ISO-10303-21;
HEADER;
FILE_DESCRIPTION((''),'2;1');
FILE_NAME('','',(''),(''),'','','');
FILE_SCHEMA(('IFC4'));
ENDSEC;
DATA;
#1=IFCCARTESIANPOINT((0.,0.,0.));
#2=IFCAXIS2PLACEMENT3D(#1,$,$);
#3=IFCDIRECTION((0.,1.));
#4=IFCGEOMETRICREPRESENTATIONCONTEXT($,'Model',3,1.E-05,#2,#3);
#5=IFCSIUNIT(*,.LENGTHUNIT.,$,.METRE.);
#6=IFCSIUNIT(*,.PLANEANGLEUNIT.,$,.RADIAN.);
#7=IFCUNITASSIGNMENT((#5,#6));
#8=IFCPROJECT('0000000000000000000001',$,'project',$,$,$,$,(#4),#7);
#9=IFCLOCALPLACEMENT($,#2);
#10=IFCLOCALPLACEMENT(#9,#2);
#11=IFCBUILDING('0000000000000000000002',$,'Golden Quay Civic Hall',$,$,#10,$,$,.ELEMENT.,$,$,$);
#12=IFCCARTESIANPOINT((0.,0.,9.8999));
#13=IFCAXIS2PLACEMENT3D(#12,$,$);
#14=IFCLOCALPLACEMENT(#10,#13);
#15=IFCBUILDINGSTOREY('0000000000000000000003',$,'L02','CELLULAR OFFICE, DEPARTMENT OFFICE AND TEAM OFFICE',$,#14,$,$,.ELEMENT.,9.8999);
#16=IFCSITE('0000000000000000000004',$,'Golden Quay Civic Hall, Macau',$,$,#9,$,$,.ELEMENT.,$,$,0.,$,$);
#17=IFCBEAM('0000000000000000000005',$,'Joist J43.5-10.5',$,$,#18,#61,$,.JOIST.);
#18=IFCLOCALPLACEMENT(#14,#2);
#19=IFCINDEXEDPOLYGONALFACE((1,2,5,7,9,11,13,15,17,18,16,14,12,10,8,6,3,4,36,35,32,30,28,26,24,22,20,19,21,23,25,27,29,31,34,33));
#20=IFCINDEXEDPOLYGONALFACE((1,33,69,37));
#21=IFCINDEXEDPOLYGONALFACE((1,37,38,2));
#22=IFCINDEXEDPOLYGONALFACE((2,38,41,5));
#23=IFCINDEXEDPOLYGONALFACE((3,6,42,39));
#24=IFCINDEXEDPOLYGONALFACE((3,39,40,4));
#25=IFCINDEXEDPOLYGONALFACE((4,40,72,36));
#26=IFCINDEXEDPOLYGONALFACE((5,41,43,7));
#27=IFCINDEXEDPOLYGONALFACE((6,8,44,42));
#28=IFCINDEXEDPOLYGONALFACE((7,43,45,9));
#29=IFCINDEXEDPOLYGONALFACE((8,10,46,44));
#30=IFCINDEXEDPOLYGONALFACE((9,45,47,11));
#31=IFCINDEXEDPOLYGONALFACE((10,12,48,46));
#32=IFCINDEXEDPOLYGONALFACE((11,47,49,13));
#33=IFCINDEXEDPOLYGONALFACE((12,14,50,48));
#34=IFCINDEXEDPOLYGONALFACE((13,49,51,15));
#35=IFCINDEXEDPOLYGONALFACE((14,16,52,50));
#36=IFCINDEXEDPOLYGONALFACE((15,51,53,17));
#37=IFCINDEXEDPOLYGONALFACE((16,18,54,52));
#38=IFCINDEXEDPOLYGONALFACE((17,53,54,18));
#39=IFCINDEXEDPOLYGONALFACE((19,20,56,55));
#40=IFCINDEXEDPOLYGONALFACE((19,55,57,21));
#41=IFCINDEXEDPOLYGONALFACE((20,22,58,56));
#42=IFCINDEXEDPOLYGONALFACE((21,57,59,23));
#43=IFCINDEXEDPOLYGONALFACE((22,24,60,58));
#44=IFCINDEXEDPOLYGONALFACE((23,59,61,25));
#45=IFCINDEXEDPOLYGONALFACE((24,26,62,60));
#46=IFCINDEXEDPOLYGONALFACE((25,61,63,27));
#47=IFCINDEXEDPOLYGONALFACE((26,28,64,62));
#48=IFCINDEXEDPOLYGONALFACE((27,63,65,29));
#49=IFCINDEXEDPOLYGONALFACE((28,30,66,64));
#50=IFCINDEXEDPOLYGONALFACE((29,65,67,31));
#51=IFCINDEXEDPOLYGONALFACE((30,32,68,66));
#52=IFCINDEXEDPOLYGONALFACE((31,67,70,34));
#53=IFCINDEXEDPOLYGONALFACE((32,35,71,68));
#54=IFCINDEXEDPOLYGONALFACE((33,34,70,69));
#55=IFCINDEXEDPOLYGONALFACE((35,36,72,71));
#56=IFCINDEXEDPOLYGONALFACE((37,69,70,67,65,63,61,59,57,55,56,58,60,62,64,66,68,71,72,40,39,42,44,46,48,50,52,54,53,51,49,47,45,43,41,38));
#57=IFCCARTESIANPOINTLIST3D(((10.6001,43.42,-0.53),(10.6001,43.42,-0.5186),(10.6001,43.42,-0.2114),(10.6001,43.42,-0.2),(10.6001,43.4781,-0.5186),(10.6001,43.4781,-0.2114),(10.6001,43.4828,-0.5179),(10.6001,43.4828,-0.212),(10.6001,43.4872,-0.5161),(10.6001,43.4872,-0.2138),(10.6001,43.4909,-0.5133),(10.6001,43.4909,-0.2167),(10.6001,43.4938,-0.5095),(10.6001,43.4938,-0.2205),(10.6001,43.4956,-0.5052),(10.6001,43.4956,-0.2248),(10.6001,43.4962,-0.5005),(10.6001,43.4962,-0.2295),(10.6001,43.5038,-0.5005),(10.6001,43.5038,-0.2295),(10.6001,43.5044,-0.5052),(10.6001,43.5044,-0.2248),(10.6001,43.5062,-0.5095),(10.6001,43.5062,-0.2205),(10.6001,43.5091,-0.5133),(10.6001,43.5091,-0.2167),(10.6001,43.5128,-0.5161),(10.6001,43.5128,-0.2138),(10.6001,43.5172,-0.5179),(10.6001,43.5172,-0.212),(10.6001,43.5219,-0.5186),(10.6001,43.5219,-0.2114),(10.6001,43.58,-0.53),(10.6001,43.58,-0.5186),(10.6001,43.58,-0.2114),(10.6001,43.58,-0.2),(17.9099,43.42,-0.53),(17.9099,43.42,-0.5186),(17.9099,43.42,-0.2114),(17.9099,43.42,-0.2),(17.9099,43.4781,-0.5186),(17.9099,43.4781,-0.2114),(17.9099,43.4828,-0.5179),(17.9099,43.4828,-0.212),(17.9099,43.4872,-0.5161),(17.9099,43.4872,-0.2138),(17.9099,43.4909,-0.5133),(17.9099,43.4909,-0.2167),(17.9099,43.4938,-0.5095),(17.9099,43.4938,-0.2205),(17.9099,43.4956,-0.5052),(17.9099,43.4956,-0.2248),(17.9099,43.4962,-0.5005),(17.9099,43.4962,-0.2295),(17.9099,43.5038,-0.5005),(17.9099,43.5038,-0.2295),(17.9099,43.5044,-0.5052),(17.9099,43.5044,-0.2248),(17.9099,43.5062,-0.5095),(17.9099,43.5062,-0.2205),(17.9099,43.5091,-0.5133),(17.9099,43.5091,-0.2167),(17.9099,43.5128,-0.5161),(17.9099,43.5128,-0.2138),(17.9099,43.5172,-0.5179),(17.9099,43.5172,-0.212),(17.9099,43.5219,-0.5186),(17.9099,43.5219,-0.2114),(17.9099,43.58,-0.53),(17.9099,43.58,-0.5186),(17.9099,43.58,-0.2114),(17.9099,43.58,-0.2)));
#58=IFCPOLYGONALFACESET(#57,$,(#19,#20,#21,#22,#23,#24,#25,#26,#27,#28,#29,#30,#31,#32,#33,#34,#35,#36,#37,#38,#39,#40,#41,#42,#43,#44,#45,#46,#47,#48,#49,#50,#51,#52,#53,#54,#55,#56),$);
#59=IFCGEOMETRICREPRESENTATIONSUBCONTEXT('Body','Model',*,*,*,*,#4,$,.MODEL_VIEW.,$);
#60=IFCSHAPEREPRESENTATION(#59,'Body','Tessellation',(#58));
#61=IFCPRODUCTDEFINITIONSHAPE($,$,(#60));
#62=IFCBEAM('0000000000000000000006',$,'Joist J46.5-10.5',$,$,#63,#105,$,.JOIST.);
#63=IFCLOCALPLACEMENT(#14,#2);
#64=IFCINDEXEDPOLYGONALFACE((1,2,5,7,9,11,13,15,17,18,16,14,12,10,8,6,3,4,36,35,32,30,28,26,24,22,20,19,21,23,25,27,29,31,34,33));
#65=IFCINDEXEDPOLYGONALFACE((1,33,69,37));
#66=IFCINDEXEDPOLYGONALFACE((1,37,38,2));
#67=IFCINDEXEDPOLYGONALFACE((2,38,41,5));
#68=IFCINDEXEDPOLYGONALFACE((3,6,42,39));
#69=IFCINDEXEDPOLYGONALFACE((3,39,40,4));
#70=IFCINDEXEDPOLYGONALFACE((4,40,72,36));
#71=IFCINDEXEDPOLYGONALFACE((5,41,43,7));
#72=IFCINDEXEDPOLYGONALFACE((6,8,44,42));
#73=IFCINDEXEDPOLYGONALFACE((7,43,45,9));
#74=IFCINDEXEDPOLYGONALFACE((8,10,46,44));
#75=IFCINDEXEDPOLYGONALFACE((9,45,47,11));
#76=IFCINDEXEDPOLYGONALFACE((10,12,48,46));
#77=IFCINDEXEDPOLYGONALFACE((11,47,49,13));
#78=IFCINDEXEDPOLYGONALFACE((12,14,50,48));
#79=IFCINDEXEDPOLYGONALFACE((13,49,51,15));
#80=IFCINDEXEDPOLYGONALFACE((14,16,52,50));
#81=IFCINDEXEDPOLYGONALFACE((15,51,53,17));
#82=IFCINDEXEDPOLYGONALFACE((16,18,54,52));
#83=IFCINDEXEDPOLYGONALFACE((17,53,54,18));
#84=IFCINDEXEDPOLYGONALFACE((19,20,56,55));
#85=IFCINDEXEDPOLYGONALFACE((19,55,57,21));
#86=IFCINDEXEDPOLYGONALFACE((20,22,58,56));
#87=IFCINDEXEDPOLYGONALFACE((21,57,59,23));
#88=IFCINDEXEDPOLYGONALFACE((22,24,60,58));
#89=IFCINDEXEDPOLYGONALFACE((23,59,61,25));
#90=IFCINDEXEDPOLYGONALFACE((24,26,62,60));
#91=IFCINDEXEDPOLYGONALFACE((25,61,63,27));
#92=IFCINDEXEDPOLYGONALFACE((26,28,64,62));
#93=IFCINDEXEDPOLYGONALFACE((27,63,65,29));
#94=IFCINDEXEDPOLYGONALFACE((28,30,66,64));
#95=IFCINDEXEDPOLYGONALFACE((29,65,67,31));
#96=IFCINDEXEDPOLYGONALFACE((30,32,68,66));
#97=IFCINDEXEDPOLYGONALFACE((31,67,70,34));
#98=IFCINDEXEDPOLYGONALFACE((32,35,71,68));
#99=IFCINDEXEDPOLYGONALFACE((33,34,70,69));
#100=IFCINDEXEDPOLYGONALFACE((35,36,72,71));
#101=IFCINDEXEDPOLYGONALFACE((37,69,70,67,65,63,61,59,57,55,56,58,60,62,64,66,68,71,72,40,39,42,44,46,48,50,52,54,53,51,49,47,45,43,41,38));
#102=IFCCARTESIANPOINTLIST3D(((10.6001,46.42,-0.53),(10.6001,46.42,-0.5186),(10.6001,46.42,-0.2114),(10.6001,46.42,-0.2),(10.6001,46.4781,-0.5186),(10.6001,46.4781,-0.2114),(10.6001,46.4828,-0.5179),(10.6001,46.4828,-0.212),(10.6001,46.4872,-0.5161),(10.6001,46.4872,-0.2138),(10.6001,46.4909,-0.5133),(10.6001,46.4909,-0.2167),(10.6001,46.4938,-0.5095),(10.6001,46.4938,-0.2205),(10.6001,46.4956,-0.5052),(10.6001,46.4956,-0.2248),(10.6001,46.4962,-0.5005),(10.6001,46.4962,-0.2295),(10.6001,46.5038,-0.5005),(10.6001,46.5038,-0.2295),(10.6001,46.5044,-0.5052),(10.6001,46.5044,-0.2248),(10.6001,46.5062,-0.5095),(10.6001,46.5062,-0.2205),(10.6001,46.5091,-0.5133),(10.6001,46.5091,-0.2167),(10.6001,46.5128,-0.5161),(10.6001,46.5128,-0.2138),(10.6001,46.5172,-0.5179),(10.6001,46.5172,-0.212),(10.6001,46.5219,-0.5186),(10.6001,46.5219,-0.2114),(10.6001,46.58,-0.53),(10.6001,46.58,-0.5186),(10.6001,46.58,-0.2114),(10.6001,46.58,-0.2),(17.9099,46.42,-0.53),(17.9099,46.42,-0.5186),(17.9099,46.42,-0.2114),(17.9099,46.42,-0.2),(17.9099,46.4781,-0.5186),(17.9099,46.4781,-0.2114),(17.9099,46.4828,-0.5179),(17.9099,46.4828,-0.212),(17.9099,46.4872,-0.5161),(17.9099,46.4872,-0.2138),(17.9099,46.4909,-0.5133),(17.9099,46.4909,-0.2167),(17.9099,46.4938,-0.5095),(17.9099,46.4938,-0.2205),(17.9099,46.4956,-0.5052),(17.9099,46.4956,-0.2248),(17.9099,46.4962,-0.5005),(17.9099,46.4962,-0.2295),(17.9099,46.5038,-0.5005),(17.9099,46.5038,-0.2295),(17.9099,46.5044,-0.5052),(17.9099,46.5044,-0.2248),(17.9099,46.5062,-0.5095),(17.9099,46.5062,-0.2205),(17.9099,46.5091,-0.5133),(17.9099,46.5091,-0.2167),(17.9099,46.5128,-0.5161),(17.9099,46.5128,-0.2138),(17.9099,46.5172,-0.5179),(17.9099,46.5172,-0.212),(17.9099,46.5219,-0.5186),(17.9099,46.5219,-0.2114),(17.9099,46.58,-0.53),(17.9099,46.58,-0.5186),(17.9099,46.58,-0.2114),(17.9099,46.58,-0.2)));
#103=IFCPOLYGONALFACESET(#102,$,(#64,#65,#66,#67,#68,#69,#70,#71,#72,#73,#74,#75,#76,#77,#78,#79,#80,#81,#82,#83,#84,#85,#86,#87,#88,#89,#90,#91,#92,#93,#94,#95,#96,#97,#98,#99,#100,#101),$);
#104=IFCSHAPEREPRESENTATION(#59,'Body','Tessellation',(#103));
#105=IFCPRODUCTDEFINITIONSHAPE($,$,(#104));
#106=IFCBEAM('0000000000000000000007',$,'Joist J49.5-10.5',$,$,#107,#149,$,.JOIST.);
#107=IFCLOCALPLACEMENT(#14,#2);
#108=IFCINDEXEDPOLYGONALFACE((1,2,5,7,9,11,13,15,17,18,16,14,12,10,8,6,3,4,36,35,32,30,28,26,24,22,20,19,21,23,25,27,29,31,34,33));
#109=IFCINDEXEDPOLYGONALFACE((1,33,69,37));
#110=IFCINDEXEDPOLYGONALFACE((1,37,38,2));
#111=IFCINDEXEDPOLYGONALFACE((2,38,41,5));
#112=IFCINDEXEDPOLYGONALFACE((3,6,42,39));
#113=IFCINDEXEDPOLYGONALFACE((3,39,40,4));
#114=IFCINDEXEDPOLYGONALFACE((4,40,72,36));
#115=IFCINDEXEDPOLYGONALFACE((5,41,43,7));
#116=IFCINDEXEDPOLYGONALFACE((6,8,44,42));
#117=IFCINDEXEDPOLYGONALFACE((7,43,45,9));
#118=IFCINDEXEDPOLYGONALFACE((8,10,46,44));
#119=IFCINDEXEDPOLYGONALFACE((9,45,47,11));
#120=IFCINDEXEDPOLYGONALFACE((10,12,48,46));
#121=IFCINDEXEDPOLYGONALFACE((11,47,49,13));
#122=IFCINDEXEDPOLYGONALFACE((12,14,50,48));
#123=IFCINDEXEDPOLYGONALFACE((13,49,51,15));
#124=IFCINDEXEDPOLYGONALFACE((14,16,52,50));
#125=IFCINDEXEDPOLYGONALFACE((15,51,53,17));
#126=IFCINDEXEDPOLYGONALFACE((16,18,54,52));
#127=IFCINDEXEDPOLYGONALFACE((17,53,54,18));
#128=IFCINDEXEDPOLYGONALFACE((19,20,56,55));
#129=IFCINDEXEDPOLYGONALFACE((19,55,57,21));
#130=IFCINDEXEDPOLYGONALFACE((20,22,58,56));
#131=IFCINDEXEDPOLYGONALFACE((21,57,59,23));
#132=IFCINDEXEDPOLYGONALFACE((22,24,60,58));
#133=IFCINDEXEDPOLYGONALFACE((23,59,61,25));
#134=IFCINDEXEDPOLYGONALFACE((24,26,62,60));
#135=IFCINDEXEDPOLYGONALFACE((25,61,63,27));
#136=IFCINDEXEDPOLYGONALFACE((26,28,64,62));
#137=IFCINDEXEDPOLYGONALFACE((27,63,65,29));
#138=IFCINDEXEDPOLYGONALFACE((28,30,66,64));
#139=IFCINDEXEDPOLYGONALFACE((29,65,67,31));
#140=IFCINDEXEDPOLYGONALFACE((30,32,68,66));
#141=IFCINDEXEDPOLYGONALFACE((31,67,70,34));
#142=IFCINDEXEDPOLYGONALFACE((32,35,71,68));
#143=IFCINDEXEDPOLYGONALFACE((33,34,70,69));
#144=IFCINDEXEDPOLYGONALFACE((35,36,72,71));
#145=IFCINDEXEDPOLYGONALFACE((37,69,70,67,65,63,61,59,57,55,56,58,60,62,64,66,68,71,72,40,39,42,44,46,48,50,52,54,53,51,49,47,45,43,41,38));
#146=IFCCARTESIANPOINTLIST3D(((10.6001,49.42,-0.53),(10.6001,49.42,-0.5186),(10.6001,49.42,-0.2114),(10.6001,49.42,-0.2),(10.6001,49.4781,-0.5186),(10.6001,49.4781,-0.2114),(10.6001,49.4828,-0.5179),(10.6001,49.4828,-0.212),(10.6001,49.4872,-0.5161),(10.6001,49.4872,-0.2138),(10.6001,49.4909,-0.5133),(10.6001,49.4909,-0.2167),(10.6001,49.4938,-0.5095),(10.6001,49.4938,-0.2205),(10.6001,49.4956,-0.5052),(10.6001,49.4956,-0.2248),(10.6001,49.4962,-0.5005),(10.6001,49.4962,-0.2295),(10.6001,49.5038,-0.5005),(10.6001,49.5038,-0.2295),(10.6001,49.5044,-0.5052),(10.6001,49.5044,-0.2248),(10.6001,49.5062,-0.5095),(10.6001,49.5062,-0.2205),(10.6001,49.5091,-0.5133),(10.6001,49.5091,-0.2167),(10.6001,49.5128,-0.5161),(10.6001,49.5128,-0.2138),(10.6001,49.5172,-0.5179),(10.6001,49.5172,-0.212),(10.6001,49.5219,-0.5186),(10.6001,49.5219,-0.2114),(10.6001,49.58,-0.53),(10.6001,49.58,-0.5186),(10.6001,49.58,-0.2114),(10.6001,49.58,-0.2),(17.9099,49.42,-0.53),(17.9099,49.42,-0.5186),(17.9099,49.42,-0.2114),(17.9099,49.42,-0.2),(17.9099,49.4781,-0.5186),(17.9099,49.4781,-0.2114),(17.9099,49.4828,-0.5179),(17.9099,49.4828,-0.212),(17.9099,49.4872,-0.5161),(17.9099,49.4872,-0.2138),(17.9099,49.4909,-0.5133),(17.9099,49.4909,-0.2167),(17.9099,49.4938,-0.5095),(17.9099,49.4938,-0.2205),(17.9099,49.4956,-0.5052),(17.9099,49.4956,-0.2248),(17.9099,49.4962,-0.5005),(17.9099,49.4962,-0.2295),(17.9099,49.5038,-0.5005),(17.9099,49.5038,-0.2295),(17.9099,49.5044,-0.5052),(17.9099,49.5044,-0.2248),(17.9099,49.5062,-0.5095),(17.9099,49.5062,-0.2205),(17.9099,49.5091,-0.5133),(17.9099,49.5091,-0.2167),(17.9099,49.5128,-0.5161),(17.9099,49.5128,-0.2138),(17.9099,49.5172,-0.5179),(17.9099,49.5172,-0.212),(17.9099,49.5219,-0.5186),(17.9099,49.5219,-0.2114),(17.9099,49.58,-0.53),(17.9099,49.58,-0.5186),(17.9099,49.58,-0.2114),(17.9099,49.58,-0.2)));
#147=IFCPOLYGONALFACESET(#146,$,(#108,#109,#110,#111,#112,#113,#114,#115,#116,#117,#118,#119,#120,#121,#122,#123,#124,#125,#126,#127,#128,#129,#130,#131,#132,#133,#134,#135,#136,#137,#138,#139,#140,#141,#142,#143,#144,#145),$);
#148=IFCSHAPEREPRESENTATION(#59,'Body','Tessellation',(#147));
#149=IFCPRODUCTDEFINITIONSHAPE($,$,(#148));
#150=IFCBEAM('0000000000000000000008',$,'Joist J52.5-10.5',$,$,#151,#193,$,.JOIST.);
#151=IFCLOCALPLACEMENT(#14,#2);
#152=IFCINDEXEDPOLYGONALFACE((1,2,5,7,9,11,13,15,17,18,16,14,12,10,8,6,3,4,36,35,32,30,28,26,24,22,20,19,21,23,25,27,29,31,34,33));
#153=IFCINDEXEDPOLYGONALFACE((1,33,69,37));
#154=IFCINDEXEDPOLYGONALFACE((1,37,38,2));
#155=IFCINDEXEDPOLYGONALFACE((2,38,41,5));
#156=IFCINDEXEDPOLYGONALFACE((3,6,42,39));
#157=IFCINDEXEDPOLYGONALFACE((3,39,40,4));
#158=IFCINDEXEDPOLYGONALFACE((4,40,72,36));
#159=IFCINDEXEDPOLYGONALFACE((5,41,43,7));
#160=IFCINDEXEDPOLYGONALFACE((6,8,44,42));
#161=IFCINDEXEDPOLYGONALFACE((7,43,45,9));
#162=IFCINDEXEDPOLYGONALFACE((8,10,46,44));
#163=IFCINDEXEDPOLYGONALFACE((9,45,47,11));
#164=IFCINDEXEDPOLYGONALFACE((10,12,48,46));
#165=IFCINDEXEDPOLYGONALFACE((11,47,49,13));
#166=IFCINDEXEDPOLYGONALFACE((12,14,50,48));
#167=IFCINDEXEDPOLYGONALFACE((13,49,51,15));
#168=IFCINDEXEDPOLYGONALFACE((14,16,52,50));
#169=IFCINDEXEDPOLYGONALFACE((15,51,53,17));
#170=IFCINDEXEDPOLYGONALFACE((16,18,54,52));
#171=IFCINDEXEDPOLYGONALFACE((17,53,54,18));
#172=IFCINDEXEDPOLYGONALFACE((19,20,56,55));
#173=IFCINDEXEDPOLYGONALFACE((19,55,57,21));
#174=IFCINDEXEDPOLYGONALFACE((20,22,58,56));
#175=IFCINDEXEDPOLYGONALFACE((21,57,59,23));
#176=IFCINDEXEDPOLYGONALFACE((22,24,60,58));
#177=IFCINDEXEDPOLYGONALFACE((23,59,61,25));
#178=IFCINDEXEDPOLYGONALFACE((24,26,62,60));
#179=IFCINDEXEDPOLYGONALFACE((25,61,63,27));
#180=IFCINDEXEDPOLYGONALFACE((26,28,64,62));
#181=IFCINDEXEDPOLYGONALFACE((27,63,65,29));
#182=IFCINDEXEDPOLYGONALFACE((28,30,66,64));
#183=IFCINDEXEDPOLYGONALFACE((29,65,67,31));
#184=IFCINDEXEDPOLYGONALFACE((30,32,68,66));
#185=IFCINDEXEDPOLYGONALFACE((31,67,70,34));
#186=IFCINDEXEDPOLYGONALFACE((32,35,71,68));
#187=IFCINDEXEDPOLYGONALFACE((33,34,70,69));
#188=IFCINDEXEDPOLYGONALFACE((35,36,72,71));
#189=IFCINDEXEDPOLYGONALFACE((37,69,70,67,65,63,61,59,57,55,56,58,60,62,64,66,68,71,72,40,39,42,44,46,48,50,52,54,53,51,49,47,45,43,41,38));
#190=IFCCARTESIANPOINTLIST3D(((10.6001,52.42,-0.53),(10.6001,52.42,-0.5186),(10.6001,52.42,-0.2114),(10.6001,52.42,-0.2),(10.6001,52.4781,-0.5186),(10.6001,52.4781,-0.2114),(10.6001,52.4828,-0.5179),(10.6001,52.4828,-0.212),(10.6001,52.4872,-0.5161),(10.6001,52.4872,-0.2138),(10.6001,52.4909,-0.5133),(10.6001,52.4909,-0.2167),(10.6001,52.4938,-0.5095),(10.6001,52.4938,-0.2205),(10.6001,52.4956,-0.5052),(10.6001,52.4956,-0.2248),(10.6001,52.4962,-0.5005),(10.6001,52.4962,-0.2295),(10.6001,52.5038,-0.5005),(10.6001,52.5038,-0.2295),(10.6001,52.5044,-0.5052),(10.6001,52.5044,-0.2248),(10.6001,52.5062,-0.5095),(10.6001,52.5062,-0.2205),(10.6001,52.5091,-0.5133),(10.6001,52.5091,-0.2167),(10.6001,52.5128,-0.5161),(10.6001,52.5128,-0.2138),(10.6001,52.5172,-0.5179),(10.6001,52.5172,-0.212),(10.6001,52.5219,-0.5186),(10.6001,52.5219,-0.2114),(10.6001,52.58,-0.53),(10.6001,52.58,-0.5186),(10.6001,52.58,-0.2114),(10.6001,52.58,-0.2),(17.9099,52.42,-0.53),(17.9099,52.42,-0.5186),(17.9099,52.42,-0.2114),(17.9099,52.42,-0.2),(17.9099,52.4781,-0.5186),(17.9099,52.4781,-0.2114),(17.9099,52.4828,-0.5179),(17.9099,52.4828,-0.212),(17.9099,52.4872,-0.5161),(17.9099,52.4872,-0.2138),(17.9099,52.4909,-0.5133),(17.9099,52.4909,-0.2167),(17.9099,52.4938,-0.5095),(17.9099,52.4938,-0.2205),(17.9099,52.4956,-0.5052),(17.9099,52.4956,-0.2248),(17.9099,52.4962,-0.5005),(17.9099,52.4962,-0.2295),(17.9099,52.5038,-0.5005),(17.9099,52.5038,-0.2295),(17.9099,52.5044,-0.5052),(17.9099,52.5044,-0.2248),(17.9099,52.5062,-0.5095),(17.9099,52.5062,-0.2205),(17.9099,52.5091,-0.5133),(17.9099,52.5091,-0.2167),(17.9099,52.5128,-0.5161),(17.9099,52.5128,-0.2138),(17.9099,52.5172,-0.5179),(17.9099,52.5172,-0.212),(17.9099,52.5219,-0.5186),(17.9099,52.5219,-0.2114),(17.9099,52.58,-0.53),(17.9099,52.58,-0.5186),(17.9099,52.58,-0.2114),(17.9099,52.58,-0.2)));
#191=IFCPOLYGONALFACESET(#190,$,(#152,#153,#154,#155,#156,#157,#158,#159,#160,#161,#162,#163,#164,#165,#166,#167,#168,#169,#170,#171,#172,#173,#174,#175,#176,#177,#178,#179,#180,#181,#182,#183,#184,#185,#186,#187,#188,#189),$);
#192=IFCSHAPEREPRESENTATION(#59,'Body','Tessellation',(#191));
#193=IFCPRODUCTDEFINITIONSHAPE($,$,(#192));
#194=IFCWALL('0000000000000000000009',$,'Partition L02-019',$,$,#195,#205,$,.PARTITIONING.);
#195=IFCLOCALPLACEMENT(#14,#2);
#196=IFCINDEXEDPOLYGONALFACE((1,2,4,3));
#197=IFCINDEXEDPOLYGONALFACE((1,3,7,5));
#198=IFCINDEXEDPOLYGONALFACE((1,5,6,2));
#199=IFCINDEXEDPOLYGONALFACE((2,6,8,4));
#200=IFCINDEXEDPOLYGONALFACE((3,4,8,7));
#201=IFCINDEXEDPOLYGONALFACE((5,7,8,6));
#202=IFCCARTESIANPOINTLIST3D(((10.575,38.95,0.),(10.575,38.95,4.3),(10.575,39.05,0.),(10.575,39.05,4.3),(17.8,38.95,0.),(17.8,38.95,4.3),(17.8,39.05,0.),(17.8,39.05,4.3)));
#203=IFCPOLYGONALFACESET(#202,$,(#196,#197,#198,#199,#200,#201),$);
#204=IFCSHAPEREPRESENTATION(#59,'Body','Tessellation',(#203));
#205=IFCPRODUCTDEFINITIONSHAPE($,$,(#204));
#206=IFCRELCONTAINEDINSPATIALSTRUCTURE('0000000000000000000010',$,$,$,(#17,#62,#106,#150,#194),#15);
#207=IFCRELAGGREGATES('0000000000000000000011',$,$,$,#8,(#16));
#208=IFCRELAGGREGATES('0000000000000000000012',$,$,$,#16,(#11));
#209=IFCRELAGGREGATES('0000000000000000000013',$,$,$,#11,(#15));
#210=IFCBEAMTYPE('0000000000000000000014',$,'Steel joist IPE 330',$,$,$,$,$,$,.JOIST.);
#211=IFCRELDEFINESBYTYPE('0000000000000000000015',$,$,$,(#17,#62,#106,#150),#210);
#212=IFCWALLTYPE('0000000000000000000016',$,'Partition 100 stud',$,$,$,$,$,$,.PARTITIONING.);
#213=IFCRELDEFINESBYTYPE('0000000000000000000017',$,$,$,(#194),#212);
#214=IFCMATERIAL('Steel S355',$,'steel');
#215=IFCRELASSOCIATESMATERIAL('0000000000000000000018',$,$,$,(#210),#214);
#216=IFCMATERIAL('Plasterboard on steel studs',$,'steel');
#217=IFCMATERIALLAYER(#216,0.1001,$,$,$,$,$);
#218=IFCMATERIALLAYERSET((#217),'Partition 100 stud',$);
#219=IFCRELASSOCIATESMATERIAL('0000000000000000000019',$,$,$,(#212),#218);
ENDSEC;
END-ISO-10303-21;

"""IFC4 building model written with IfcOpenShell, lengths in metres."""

from ifc_helpers import new_model, si_unit, direction, frame, frame_2d, origin, origin_2d, place, context, subcontext, project, spatial, rectangle, i_section, extrude, material, layer, layer_set, material_profile, profile_set, type_object, element, save


model = new_model("IFC4")

# Units and contexts
model_context = context("Model", 3, precision=1e-05, world=origin(), true_north=direction((0.0, 1.0)))
body_context = subcontext(model_context, "Body", "Model", "MODEL_VIEW")
ifc_project = project(units=[si_unit("LENGTHUNIT", "METRE"), si_unit("PLANEANGLEUNIT", "RADIAN")], contexts=[model_context])

# Site, building, storey
site_placement = place(None, origin())
site = spatial("IfcSite", under=ifc_project, at=site_placement, Name="Golden Quay Civic Hall, Macau", CompositionType="ELEMENT", RefElevation=0.0)
building_placement = place(site_placement, origin())
building = spatial("IfcBuilding", under=site, at=building_placement, Name="Golden Quay Civic Hall", CompositionType="ELEMENT")
storey_placement = place(building_placement, frame((0.0, 0.0, 9.8999)))
storey = spatial("IfcBuildingStorey", under=building, at=storey_placement, Name="L02", Description="CELLULAR OFFICE, DEPARTMENT OFFICE AND TEAM OFFICE", CompositionType="ELEMENT", Elevation=9.8999)

# Beams
ifc_material_1 = material(Name="Steel S355", Category="steel")
ifc_material_profile_1 = material_profile(ifc_material_1, i_section(OverallWidth=0.1599, OverallDepth=0.3301, WebThickness=0.0076, FlangeThickness=0.0115, FilletRadius=0.0181, at=origin_2d()), Name="IPE 330")
ifc_profile_set_1 = profile_set([ifc_material_profile_1], Name="Steel S355")
beam_type_1 = type_object("IfcBeamType", Name="Steel joist IPE 330", PredefinedType="JOIST", material=ifc_profile_set_1)
for number, where, z_axis, x_axis, name in (
    (1, (10.6001, 43.5, -0.365), (1.0, 0.0, 0.0), (0.0, 1.0, 0.0), "Joist J43.5-10.5"),
    (2, (10.6001, 46.5, -0.365), (1.0, 0.0, 0.0), (0.0, 1.0, 0.0), "Joist J46.5-10.5"),
    (3, (10.6001, 49.5, -0.365), (1.0, 0.0, 0.0), (0.0, 1.0, 0.0), "Joist J49.5-10.5"),
    (4, (10.6001, 52.5, -0.365), (1.0, 0.0, 0.0), (0.0, 1.0, 0.0), "Joist J52.5-10.5"),
):
    element("IfcBeam", number, at=place(storey_placement, frame(where, z_axis=z_axis, x_axis=x_axis)), inside=storey, type_object=beam_type_1, Name=name, PredefinedType="JOIST", context=body_context, shape_type="SweptSolid", body=[
        extrude(i_section(OverallWidth=0.1599, OverallDepth=0.3301, WebThickness=0.0076, FlangeThickness=0.0115, FilletRadius=0.0181, at=origin_2d()), origin(), (0.0, 0.0, 1.0), 7.3098),
    ])

# Wall
ifc_material_2 = material(Name="Plasterboard on steel studs", Category="steel")
ifc_layer_1 = layer(ifc_material_2, 0.1001)
ifc_layer_set_1 = layer_set([ifc_layer_1], Name="Partition 100 stud")
wall_type_1 = type_object("IfcWallType", Name="Partition 100 stud", PredefinedType="PARTITIONING", material=ifc_layer_set_1)
wall_1_placement = place(storey_placement, frame((10.575, 39.0, 0.0), z_axis=(0.0, 0.0, 1.0), x_axis=(1.0, 0.0, 0.0)))
element("IfcWall", 5, at=wall_1_placement, inside=storey, type_object=wall_type_1, Name="Partition L02-019", PredefinedType="PARTITIONING", context=body_context, shape_type="SweptSolid", body=[
    extrude(rectangle(XDim=7.2251, YDim=0.1001, at=frame_2d((3.6125, 0.0))), origin(), (0.0, 0.0, 1.0), 4.3),
])

save(model, "model.ifc")
